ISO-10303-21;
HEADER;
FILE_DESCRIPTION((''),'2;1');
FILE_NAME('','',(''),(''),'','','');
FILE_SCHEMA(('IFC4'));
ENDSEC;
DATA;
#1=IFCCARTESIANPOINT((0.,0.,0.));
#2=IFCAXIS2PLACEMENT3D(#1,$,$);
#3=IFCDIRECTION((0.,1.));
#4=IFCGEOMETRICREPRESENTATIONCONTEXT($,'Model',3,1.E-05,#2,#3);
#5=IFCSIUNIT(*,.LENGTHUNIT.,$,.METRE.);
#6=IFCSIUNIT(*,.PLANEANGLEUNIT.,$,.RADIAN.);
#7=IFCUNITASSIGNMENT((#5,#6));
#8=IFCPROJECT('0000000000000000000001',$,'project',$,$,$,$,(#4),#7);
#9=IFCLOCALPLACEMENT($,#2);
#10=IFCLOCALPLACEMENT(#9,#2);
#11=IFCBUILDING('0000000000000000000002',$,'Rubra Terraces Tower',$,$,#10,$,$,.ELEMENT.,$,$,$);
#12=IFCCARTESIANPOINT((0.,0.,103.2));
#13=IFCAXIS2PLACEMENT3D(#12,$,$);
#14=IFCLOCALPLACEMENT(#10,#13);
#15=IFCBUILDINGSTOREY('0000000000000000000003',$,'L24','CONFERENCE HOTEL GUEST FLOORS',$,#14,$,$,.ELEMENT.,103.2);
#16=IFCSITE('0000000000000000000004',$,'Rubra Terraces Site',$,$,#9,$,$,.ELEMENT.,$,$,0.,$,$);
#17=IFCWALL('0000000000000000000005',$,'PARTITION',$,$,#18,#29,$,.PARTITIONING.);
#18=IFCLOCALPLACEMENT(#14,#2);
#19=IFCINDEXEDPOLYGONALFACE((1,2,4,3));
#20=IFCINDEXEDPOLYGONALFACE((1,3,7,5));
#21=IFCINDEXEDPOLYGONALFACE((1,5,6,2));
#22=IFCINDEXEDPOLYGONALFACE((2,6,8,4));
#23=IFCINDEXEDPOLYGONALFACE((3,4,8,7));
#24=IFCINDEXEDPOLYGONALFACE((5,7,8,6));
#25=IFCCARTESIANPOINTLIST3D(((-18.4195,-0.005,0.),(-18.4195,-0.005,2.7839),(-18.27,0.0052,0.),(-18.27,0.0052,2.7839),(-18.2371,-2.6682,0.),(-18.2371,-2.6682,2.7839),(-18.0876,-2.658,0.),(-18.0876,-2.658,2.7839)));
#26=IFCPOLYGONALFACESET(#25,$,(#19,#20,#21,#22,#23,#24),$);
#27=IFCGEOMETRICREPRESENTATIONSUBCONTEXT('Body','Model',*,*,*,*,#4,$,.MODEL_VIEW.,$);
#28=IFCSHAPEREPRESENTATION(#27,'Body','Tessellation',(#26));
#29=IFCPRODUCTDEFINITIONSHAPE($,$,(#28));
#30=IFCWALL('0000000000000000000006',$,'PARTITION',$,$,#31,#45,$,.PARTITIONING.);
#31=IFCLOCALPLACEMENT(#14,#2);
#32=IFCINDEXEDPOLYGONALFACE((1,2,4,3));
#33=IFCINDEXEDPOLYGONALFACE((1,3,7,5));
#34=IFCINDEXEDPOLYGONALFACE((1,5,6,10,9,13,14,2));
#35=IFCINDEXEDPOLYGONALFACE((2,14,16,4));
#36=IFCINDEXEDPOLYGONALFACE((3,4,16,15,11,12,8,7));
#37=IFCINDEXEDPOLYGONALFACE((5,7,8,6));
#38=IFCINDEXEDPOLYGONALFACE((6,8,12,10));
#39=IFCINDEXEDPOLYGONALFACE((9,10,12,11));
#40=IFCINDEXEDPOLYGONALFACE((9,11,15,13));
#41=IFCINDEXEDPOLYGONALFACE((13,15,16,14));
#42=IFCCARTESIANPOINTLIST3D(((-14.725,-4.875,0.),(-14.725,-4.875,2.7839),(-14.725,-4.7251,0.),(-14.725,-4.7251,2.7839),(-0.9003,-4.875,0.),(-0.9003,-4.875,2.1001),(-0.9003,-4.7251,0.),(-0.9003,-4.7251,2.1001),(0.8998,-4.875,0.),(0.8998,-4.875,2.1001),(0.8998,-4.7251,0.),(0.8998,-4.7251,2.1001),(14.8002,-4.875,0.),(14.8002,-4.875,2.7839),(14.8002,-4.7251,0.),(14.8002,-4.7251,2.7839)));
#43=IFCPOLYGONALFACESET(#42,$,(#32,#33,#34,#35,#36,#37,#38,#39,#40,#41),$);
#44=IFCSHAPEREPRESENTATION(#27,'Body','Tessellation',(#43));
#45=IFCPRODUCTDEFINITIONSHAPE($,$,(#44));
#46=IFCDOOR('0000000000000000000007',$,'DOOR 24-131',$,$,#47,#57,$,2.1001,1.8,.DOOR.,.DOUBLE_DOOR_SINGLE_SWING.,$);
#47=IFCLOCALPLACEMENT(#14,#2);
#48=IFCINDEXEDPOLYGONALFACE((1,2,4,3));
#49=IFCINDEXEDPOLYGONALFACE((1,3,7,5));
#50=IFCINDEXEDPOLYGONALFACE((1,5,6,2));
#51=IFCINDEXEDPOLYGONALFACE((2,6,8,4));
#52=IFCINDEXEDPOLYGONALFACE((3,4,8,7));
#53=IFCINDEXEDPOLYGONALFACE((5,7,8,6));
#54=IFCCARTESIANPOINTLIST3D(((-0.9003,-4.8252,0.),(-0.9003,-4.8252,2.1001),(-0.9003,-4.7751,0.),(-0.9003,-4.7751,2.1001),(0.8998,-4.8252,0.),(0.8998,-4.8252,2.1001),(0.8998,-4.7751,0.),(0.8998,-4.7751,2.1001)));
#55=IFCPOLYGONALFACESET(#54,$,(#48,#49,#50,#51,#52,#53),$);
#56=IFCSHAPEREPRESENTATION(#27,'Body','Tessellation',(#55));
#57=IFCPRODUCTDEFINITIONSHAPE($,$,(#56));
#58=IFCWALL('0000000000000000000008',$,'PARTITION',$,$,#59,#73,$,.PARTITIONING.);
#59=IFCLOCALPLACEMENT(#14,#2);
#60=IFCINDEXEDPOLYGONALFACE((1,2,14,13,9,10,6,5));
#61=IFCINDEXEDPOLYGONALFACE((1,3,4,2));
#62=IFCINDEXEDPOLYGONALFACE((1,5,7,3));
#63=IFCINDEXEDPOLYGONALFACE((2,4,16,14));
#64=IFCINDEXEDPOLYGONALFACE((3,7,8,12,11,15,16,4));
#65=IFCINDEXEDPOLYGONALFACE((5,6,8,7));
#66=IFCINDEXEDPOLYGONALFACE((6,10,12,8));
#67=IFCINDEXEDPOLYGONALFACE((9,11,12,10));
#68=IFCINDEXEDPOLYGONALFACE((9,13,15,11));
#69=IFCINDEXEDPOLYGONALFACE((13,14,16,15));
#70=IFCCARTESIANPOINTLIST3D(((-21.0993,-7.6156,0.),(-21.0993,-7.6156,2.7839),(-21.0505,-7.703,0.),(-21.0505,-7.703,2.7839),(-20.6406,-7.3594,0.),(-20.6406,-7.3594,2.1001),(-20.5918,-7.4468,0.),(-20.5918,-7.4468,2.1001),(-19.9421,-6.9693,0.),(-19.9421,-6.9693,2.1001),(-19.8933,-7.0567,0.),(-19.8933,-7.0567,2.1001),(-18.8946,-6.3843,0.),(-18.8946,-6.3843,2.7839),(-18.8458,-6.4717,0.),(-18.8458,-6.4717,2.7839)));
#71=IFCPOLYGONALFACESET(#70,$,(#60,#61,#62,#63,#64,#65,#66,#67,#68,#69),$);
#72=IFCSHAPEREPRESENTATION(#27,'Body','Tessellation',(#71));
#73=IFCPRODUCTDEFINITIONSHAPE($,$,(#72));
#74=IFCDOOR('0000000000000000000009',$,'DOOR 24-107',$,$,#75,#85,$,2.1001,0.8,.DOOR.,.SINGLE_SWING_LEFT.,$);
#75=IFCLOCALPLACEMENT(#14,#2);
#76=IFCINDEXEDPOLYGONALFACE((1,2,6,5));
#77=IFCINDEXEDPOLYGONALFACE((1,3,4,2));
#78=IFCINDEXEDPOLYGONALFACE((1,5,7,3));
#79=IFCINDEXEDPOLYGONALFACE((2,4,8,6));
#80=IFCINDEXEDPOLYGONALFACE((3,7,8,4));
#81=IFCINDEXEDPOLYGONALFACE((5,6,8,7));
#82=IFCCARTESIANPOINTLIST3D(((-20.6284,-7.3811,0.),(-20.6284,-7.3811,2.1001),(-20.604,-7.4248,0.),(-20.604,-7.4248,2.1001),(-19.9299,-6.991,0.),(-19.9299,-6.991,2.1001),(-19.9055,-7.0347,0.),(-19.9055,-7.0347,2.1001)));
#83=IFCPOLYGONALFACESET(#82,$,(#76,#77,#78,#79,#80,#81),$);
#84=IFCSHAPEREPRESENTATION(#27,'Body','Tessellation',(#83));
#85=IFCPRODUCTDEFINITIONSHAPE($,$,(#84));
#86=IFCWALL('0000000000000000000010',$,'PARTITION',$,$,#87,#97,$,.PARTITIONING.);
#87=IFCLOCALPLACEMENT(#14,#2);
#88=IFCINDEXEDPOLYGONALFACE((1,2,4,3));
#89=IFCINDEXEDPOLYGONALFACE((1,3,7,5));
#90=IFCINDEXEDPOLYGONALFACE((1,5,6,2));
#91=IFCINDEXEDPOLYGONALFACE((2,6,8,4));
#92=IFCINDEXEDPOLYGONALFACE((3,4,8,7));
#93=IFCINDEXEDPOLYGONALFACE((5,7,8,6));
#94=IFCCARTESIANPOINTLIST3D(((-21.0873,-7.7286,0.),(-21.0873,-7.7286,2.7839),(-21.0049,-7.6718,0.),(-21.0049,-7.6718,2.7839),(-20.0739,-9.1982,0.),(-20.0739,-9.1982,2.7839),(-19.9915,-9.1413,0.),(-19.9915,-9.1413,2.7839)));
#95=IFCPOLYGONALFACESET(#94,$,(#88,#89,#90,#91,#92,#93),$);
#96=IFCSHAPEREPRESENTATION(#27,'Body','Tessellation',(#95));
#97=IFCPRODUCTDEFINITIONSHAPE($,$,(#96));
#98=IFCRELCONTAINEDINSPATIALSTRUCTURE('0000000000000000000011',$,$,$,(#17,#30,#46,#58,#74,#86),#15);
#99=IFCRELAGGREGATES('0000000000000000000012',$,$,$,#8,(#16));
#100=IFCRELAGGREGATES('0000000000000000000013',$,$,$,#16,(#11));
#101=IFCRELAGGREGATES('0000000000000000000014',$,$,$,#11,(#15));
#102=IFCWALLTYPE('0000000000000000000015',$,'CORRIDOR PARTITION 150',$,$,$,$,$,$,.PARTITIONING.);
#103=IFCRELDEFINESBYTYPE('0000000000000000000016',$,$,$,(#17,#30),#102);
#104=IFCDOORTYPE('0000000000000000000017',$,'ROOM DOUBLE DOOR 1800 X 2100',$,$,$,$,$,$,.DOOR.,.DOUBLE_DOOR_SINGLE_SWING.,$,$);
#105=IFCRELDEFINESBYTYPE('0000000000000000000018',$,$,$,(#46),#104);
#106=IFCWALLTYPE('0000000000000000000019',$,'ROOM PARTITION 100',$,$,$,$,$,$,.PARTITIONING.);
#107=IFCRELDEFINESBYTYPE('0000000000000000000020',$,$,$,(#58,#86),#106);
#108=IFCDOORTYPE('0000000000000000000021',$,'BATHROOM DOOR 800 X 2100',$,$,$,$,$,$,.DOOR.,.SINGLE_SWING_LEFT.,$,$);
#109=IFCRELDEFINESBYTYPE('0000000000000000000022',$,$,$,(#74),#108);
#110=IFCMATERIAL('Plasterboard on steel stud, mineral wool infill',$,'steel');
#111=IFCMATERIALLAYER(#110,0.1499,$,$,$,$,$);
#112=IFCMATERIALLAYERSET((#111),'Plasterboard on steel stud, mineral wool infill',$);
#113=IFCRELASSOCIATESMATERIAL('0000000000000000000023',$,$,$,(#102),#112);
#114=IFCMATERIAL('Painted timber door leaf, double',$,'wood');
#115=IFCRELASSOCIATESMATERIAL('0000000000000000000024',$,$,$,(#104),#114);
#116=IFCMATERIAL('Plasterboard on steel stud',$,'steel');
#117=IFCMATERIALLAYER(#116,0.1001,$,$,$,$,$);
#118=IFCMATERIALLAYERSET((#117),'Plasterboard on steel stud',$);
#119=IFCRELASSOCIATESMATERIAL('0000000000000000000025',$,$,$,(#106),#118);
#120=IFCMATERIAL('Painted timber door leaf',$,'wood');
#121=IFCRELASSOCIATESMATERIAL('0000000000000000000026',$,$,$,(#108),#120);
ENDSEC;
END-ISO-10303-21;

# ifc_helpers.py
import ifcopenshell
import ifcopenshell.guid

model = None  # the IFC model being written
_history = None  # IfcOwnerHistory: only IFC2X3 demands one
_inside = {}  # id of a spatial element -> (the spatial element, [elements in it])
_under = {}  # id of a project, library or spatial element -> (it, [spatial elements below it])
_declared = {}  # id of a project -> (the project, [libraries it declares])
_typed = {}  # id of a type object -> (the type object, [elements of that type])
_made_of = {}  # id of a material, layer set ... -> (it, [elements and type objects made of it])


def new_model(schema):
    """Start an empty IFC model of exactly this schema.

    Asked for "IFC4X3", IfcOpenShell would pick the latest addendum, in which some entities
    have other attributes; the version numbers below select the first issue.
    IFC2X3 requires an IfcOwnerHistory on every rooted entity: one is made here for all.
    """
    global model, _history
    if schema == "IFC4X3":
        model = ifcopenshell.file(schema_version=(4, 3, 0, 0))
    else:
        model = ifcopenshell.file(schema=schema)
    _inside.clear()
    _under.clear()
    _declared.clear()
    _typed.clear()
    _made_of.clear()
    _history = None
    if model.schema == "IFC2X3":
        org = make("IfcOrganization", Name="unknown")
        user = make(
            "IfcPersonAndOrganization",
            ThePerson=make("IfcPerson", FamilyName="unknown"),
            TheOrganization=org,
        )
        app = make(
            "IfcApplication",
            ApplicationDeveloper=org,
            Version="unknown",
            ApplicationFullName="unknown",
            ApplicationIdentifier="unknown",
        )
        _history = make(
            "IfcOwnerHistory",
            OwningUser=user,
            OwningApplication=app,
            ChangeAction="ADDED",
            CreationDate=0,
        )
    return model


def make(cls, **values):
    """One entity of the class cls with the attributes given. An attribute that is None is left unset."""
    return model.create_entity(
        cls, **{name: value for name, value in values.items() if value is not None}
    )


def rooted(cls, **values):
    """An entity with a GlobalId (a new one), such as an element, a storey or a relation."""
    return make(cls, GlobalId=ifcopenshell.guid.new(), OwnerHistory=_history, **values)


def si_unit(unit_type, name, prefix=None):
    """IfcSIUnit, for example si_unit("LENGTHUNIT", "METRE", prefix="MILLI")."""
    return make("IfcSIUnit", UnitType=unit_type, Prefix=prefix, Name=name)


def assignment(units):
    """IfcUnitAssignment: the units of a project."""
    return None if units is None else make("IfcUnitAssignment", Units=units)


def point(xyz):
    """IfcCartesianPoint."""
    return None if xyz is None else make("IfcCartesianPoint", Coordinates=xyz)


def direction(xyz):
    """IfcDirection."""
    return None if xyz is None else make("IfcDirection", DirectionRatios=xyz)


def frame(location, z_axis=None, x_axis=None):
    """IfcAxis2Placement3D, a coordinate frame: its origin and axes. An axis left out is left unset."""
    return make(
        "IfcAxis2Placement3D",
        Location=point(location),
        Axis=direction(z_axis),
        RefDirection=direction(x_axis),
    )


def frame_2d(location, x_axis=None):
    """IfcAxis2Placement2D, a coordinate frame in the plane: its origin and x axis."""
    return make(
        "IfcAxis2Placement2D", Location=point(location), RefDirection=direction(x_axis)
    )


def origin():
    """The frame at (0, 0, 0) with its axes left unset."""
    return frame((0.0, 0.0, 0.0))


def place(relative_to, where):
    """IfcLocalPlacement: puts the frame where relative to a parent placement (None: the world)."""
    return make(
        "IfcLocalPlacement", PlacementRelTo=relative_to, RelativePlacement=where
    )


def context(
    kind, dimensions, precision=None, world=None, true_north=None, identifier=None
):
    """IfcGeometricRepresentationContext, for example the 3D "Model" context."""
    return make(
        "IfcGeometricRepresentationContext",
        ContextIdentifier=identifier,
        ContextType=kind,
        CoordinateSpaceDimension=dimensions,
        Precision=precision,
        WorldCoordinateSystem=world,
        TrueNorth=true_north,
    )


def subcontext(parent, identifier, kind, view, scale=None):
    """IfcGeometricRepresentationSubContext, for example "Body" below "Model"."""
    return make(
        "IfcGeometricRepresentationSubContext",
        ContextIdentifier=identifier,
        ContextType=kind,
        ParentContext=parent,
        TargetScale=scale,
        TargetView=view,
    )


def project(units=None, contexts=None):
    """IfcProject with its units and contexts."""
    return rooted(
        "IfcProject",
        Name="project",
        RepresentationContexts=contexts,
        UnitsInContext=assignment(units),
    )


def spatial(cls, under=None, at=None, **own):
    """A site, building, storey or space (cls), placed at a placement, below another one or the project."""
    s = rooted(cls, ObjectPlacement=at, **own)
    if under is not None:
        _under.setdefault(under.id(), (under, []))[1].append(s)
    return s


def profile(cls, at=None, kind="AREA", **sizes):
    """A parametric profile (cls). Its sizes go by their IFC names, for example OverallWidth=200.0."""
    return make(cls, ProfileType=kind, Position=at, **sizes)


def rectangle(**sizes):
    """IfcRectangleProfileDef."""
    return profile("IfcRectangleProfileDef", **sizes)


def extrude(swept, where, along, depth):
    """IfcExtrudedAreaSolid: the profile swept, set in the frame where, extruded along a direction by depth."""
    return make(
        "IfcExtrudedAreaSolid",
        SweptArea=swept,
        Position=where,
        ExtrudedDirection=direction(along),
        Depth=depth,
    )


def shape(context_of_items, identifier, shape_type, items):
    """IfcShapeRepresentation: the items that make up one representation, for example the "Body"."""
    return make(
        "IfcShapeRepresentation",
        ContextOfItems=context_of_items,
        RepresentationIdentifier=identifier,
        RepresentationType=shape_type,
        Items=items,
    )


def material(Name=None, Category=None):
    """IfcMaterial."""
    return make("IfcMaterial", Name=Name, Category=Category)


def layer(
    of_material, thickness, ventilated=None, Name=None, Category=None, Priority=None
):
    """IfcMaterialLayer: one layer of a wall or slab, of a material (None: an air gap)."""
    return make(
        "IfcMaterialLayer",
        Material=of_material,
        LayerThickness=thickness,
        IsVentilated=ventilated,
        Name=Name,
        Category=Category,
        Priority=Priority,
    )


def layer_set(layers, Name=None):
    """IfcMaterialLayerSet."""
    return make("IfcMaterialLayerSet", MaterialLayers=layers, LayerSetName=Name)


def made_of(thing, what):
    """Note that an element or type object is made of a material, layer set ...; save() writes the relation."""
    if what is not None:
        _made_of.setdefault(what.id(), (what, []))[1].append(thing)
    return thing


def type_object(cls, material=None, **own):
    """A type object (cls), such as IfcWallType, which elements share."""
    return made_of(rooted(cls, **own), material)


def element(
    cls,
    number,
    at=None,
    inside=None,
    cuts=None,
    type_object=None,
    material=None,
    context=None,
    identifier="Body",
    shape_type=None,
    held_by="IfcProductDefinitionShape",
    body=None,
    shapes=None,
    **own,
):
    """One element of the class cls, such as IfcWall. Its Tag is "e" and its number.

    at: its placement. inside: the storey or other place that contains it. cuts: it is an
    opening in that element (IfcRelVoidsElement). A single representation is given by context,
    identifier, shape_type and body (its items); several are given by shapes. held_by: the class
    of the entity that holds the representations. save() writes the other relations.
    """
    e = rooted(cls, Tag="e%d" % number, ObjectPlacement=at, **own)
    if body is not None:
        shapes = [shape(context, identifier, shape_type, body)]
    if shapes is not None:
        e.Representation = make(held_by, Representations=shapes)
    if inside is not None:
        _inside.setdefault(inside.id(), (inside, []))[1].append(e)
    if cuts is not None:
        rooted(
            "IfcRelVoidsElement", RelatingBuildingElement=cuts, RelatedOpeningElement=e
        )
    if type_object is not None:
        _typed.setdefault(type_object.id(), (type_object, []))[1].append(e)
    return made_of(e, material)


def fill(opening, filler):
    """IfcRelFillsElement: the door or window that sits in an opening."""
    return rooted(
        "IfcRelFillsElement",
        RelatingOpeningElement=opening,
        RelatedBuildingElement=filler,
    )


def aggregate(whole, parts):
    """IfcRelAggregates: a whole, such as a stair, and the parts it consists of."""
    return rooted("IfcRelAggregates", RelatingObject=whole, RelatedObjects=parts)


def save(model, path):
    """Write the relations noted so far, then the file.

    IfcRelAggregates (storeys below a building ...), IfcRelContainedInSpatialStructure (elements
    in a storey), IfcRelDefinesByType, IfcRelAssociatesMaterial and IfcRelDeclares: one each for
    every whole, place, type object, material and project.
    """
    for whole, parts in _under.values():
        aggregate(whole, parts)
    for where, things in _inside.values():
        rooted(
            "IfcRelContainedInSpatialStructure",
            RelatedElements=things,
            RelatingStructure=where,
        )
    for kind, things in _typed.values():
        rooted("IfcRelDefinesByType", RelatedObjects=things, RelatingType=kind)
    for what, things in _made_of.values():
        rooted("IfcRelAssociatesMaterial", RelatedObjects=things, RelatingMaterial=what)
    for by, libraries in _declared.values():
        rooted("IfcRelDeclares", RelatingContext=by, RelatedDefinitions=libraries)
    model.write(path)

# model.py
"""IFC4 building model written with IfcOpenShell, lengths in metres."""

from ifc_helpers import new_model, si_unit, direction, frame, frame_2d, origin, place, context, subcontext, project, spatial, rectangle, extrude, material, layer, layer_set, type_object, element, fill, save


model = new_model("IFC4")

# Units and contexts
model_context = context("Model", 3, precision=1e-05, world=origin(), true_north=direction((0.0, 1.0)))
body_context = subcontext(model_context, "Body", "Model", "MODEL_VIEW")
ifc_project = project(units=[si_unit("LENGTHUNIT", "METRE"), si_unit("PLANEANGLEUNIT", "RADIAN")], contexts=[model_context])

# Site, building, storey
site_placement = place(None, origin())
site = spatial("IfcSite", under=ifc_project, at=site_placement, Name="Rubra Terraces Site", CompositionType="ELEMENT", RefElevation=0.0)
building_placement = place(site_placement, origin())
building = spatial("IfcBuilding", under=site, at=building_placement, Name="Rubra Terraces Tower", CompositionType="ELEMENT")
storey_placement = place(building_placement, frame((0.0, 0.0, 103.2)))
storey = spatial("IfcBuildingStorey", under=building, at=storey_placement, Name="L24", Description="CONFERENCE HOTEL GUEST FLOORS", CompositionType="ELEMENT", Elevation=103.2)

# Shared definitions
ifc_material_1 = material(Name="Plasterboard on steel stud, mineral wool infill", Category="steel")
ifc_layer_1 = layer(ifc_material_1, 0.1499)
ifc_layer_set_1 = layer_set([ifc_layer_1], Name="Plasterboard on steel stud, mineral wool infill")
wall_type_1 = type_object("IfcWallType", Name="CORRIDOR PARTITION 150", PredefinedType="PARTITIONING", material=ifc_layer_set_1)
ifc_material_2 = material(Name="Painted timber door leaf", Category="wood")

# Wall
wall_1_placement = place(storey_placement, frame((-18.1624, -2.6631, 0.0), z_axis=(0.0, 0.0, 1.0), x_axis=(-0.068322, 0.997663, 0.0)))
element("IfcWall", 1, at=wall_1_placement, inside=storey, type_object=wall_type_1, Name="PARTITION", PredefinedType="PARTITIONING", context=body_context, shape_type="SweptSolid", body=[
    extrude(rectangle(XDim=2.6694, YDim=0.1499, at=frame_2d((1.3347, 0.0))), origin(), (0.0, 0.0, 1.0), 2.7839),
])

# Walls, openings, doors
wall_2_placement = place(storey_placement, frame((-14.7251, -4.8, 0.0), z_axis=(0.0, 0.0, 1.0), x_axis=(1.0, 0.0, 0.0)))
wall_2 = element("IfcWall", 2, at=wall_2_placement, inside=storey, type_object=wall_type_1, Name="PARTITION", PredefinedType="PARTITIONING", context=body_context, shape_type="SweptSolid", body=[
    extrude(rectangle(XDim=29.5251, YDim=0.1499, at=frame_2d((14.7627, 0.0))), origin(), (0.0, 0.0, 1.0), 2.7839),
])
opening_1_placement = place(wall_2_placement, frame((13.825, 0.0, 0.0)))
opening_1 = element("IfcOpeningElement", 3, at=opening_1_placement, cuts=wall_2, PredefinedType="OPENING", context=body_context, shape_type="SweptSolid", body=[
    extrude(rectangle(XDim=1.8, YDim=2.1001, at=frame_2d((0.8999, 1.05))), frame((0.0, 0.085, 0.0), z_axis=(0.0, -1.0, 0.0), x_axis=(1.0, 0.0, 0.0)), (0.0, 0.0, 1.0), 0.1699),
])
ifc_material_3 = material(Name="Painted timber door leaf, double", Category="wood")
door_type_1 = type_object("IfcDoorType", Name="ROOM DOUBLE DOOR 1800 X 2100", OperationType="DOUBLE_DOOR_SINGLE_SWING", PredefinedType="DOOR", material=ifc_material_3)
door_1_placement = place(opening_1_placement, origin())
door_1 = element("IfcDoor", 4, at=door_1_placement, inside=storey, type_object=door_type_1, Name="DOOR 24-131", OperationType="DOUBLE_DOOR_SINGLE_SWING", OverallHeight=2.1001, OverallWidth=1.8, PredefinedType="DOOR", context=body_context, shape_type="SweptSolid", body=[
    extrude(rectangle(XDim=1.8, YDim=2.1001, at=frame_2d((0.8999, 1.05))), frame((0.0, 0.0249, 0.0), z_axis=(0.0, -1.0, 0.0), x_axis=(1.0, 0.0, 0.0)), (0.0, 0.0, 1.0), 0.05),
])
fill(opening_1, door_1)
ifc_material_4 = material(Name="Plasterboard on steel stud", Category="steel")
ifc_layer_2 = layer(ifc_material_4, 0.1001)
ifc_layer_set_2 = layer_set([ifc_layer_2], Name="Plasterboard on steel stud")
wall_type_2 = type_object("IfcWallType", Name="ROOM PARTITION 100", PredefinedType="PARTITIONING", material=ifc_layer_set_2)
wall_3_placement = place(storey_placement, frame((-18.8701, -6.428, 0.0), z_axis=(0.0, 0.0, 1.0), x_axis=(-0.873074, -0.487587, 0.0)))
wall_3 = element("IfcWall", 5, at=wall_3_placement, inside=storey, type_object=wall_type_2, Name="PARTITION", PredefinedType="PARTITIONING", context=body_context, shape_type="SweptSolid", body=[
    extrude(rectangle(XDim=2.5251, YDim=0.1001, at=frame_2d((1.2627, 0.0))), origin(), (0.0, 0.0, 1.0), 2.7839),
])
opening_2_placement = place(wall_3_placement, frame((1.2, 0.0, 0.0)))
opening_2 = element("IfcOpeningElement", 6, at=opening_2_placement, cuts=wall_3, PredefinedType="OPENING", context=body_context, shape_type="SweptSolid", body=[
    extrude(rectangle(XDim=0.8, YDim=2.1001, at=frame_2d((0.3999, 1.05))), frame((0.0, 0.0601, 0.0), z_axis=(0.0, -1.0, 0.0), x_axis=(1.0, 0.0, 0.0)), (0.0, 0.0, 1.0), 0.1201),
])
door_type_2 = type_object("IfcDoorType", Name="BATHROOM DOOR 800 X 2100", OperationType="SINGLE_SWING_LEFT", PredefinedType="DOOR", material=ifc_material_2)
door_2_placement = place(opening_2_placement, origin())
door_2 = element("IfcDoor", 7, at=door_2_placement, inside=storey, type_object=door_type_2, Name="DOOR 24-107", OperationType="SINGLE_SWING_LEFT", OverallHeight=2.1001, OverallWidth=0.8, PredefinedType="DOOR", context=body_context, shape_type="SweptSolid", body=[
    extrude(rectangle(XDim=0.8, YDim=2.1001, at=frame_2d((0.3999, 1.05))), frame((0.0, 0.0249, 0.0), z_axis=(0.0, -1.0, 0.0), x_axis=(1.0, 0.0, 0.0)), (0.0, 0.0, 1.0), 0.05),
])
fill(opening_2, door_2)

# Wall
wall_4_placement = place(storey_placement, frame((-21.0461, -7.7002, 0.0), z_axis=(0.0, 0.0, 1.0), x_axis=(0.56773, -0.823215, 0.0)))
element("IfcWall", 8, at=wall_4_placement, inside=storey, type_object=wall_type_2, Name="PARTITION", PredefinedType="PARTITIONING", context=body_context, shape_type="SweptSolid", body=[
    extrude(rectangle(XDim=1.7852, YDim=0.1001, at=frame_2d((0.8926, 0.0))), origin(), (0.0, 0.0, 1.0), 2.7839),
])

save(model, "model.ifc")
